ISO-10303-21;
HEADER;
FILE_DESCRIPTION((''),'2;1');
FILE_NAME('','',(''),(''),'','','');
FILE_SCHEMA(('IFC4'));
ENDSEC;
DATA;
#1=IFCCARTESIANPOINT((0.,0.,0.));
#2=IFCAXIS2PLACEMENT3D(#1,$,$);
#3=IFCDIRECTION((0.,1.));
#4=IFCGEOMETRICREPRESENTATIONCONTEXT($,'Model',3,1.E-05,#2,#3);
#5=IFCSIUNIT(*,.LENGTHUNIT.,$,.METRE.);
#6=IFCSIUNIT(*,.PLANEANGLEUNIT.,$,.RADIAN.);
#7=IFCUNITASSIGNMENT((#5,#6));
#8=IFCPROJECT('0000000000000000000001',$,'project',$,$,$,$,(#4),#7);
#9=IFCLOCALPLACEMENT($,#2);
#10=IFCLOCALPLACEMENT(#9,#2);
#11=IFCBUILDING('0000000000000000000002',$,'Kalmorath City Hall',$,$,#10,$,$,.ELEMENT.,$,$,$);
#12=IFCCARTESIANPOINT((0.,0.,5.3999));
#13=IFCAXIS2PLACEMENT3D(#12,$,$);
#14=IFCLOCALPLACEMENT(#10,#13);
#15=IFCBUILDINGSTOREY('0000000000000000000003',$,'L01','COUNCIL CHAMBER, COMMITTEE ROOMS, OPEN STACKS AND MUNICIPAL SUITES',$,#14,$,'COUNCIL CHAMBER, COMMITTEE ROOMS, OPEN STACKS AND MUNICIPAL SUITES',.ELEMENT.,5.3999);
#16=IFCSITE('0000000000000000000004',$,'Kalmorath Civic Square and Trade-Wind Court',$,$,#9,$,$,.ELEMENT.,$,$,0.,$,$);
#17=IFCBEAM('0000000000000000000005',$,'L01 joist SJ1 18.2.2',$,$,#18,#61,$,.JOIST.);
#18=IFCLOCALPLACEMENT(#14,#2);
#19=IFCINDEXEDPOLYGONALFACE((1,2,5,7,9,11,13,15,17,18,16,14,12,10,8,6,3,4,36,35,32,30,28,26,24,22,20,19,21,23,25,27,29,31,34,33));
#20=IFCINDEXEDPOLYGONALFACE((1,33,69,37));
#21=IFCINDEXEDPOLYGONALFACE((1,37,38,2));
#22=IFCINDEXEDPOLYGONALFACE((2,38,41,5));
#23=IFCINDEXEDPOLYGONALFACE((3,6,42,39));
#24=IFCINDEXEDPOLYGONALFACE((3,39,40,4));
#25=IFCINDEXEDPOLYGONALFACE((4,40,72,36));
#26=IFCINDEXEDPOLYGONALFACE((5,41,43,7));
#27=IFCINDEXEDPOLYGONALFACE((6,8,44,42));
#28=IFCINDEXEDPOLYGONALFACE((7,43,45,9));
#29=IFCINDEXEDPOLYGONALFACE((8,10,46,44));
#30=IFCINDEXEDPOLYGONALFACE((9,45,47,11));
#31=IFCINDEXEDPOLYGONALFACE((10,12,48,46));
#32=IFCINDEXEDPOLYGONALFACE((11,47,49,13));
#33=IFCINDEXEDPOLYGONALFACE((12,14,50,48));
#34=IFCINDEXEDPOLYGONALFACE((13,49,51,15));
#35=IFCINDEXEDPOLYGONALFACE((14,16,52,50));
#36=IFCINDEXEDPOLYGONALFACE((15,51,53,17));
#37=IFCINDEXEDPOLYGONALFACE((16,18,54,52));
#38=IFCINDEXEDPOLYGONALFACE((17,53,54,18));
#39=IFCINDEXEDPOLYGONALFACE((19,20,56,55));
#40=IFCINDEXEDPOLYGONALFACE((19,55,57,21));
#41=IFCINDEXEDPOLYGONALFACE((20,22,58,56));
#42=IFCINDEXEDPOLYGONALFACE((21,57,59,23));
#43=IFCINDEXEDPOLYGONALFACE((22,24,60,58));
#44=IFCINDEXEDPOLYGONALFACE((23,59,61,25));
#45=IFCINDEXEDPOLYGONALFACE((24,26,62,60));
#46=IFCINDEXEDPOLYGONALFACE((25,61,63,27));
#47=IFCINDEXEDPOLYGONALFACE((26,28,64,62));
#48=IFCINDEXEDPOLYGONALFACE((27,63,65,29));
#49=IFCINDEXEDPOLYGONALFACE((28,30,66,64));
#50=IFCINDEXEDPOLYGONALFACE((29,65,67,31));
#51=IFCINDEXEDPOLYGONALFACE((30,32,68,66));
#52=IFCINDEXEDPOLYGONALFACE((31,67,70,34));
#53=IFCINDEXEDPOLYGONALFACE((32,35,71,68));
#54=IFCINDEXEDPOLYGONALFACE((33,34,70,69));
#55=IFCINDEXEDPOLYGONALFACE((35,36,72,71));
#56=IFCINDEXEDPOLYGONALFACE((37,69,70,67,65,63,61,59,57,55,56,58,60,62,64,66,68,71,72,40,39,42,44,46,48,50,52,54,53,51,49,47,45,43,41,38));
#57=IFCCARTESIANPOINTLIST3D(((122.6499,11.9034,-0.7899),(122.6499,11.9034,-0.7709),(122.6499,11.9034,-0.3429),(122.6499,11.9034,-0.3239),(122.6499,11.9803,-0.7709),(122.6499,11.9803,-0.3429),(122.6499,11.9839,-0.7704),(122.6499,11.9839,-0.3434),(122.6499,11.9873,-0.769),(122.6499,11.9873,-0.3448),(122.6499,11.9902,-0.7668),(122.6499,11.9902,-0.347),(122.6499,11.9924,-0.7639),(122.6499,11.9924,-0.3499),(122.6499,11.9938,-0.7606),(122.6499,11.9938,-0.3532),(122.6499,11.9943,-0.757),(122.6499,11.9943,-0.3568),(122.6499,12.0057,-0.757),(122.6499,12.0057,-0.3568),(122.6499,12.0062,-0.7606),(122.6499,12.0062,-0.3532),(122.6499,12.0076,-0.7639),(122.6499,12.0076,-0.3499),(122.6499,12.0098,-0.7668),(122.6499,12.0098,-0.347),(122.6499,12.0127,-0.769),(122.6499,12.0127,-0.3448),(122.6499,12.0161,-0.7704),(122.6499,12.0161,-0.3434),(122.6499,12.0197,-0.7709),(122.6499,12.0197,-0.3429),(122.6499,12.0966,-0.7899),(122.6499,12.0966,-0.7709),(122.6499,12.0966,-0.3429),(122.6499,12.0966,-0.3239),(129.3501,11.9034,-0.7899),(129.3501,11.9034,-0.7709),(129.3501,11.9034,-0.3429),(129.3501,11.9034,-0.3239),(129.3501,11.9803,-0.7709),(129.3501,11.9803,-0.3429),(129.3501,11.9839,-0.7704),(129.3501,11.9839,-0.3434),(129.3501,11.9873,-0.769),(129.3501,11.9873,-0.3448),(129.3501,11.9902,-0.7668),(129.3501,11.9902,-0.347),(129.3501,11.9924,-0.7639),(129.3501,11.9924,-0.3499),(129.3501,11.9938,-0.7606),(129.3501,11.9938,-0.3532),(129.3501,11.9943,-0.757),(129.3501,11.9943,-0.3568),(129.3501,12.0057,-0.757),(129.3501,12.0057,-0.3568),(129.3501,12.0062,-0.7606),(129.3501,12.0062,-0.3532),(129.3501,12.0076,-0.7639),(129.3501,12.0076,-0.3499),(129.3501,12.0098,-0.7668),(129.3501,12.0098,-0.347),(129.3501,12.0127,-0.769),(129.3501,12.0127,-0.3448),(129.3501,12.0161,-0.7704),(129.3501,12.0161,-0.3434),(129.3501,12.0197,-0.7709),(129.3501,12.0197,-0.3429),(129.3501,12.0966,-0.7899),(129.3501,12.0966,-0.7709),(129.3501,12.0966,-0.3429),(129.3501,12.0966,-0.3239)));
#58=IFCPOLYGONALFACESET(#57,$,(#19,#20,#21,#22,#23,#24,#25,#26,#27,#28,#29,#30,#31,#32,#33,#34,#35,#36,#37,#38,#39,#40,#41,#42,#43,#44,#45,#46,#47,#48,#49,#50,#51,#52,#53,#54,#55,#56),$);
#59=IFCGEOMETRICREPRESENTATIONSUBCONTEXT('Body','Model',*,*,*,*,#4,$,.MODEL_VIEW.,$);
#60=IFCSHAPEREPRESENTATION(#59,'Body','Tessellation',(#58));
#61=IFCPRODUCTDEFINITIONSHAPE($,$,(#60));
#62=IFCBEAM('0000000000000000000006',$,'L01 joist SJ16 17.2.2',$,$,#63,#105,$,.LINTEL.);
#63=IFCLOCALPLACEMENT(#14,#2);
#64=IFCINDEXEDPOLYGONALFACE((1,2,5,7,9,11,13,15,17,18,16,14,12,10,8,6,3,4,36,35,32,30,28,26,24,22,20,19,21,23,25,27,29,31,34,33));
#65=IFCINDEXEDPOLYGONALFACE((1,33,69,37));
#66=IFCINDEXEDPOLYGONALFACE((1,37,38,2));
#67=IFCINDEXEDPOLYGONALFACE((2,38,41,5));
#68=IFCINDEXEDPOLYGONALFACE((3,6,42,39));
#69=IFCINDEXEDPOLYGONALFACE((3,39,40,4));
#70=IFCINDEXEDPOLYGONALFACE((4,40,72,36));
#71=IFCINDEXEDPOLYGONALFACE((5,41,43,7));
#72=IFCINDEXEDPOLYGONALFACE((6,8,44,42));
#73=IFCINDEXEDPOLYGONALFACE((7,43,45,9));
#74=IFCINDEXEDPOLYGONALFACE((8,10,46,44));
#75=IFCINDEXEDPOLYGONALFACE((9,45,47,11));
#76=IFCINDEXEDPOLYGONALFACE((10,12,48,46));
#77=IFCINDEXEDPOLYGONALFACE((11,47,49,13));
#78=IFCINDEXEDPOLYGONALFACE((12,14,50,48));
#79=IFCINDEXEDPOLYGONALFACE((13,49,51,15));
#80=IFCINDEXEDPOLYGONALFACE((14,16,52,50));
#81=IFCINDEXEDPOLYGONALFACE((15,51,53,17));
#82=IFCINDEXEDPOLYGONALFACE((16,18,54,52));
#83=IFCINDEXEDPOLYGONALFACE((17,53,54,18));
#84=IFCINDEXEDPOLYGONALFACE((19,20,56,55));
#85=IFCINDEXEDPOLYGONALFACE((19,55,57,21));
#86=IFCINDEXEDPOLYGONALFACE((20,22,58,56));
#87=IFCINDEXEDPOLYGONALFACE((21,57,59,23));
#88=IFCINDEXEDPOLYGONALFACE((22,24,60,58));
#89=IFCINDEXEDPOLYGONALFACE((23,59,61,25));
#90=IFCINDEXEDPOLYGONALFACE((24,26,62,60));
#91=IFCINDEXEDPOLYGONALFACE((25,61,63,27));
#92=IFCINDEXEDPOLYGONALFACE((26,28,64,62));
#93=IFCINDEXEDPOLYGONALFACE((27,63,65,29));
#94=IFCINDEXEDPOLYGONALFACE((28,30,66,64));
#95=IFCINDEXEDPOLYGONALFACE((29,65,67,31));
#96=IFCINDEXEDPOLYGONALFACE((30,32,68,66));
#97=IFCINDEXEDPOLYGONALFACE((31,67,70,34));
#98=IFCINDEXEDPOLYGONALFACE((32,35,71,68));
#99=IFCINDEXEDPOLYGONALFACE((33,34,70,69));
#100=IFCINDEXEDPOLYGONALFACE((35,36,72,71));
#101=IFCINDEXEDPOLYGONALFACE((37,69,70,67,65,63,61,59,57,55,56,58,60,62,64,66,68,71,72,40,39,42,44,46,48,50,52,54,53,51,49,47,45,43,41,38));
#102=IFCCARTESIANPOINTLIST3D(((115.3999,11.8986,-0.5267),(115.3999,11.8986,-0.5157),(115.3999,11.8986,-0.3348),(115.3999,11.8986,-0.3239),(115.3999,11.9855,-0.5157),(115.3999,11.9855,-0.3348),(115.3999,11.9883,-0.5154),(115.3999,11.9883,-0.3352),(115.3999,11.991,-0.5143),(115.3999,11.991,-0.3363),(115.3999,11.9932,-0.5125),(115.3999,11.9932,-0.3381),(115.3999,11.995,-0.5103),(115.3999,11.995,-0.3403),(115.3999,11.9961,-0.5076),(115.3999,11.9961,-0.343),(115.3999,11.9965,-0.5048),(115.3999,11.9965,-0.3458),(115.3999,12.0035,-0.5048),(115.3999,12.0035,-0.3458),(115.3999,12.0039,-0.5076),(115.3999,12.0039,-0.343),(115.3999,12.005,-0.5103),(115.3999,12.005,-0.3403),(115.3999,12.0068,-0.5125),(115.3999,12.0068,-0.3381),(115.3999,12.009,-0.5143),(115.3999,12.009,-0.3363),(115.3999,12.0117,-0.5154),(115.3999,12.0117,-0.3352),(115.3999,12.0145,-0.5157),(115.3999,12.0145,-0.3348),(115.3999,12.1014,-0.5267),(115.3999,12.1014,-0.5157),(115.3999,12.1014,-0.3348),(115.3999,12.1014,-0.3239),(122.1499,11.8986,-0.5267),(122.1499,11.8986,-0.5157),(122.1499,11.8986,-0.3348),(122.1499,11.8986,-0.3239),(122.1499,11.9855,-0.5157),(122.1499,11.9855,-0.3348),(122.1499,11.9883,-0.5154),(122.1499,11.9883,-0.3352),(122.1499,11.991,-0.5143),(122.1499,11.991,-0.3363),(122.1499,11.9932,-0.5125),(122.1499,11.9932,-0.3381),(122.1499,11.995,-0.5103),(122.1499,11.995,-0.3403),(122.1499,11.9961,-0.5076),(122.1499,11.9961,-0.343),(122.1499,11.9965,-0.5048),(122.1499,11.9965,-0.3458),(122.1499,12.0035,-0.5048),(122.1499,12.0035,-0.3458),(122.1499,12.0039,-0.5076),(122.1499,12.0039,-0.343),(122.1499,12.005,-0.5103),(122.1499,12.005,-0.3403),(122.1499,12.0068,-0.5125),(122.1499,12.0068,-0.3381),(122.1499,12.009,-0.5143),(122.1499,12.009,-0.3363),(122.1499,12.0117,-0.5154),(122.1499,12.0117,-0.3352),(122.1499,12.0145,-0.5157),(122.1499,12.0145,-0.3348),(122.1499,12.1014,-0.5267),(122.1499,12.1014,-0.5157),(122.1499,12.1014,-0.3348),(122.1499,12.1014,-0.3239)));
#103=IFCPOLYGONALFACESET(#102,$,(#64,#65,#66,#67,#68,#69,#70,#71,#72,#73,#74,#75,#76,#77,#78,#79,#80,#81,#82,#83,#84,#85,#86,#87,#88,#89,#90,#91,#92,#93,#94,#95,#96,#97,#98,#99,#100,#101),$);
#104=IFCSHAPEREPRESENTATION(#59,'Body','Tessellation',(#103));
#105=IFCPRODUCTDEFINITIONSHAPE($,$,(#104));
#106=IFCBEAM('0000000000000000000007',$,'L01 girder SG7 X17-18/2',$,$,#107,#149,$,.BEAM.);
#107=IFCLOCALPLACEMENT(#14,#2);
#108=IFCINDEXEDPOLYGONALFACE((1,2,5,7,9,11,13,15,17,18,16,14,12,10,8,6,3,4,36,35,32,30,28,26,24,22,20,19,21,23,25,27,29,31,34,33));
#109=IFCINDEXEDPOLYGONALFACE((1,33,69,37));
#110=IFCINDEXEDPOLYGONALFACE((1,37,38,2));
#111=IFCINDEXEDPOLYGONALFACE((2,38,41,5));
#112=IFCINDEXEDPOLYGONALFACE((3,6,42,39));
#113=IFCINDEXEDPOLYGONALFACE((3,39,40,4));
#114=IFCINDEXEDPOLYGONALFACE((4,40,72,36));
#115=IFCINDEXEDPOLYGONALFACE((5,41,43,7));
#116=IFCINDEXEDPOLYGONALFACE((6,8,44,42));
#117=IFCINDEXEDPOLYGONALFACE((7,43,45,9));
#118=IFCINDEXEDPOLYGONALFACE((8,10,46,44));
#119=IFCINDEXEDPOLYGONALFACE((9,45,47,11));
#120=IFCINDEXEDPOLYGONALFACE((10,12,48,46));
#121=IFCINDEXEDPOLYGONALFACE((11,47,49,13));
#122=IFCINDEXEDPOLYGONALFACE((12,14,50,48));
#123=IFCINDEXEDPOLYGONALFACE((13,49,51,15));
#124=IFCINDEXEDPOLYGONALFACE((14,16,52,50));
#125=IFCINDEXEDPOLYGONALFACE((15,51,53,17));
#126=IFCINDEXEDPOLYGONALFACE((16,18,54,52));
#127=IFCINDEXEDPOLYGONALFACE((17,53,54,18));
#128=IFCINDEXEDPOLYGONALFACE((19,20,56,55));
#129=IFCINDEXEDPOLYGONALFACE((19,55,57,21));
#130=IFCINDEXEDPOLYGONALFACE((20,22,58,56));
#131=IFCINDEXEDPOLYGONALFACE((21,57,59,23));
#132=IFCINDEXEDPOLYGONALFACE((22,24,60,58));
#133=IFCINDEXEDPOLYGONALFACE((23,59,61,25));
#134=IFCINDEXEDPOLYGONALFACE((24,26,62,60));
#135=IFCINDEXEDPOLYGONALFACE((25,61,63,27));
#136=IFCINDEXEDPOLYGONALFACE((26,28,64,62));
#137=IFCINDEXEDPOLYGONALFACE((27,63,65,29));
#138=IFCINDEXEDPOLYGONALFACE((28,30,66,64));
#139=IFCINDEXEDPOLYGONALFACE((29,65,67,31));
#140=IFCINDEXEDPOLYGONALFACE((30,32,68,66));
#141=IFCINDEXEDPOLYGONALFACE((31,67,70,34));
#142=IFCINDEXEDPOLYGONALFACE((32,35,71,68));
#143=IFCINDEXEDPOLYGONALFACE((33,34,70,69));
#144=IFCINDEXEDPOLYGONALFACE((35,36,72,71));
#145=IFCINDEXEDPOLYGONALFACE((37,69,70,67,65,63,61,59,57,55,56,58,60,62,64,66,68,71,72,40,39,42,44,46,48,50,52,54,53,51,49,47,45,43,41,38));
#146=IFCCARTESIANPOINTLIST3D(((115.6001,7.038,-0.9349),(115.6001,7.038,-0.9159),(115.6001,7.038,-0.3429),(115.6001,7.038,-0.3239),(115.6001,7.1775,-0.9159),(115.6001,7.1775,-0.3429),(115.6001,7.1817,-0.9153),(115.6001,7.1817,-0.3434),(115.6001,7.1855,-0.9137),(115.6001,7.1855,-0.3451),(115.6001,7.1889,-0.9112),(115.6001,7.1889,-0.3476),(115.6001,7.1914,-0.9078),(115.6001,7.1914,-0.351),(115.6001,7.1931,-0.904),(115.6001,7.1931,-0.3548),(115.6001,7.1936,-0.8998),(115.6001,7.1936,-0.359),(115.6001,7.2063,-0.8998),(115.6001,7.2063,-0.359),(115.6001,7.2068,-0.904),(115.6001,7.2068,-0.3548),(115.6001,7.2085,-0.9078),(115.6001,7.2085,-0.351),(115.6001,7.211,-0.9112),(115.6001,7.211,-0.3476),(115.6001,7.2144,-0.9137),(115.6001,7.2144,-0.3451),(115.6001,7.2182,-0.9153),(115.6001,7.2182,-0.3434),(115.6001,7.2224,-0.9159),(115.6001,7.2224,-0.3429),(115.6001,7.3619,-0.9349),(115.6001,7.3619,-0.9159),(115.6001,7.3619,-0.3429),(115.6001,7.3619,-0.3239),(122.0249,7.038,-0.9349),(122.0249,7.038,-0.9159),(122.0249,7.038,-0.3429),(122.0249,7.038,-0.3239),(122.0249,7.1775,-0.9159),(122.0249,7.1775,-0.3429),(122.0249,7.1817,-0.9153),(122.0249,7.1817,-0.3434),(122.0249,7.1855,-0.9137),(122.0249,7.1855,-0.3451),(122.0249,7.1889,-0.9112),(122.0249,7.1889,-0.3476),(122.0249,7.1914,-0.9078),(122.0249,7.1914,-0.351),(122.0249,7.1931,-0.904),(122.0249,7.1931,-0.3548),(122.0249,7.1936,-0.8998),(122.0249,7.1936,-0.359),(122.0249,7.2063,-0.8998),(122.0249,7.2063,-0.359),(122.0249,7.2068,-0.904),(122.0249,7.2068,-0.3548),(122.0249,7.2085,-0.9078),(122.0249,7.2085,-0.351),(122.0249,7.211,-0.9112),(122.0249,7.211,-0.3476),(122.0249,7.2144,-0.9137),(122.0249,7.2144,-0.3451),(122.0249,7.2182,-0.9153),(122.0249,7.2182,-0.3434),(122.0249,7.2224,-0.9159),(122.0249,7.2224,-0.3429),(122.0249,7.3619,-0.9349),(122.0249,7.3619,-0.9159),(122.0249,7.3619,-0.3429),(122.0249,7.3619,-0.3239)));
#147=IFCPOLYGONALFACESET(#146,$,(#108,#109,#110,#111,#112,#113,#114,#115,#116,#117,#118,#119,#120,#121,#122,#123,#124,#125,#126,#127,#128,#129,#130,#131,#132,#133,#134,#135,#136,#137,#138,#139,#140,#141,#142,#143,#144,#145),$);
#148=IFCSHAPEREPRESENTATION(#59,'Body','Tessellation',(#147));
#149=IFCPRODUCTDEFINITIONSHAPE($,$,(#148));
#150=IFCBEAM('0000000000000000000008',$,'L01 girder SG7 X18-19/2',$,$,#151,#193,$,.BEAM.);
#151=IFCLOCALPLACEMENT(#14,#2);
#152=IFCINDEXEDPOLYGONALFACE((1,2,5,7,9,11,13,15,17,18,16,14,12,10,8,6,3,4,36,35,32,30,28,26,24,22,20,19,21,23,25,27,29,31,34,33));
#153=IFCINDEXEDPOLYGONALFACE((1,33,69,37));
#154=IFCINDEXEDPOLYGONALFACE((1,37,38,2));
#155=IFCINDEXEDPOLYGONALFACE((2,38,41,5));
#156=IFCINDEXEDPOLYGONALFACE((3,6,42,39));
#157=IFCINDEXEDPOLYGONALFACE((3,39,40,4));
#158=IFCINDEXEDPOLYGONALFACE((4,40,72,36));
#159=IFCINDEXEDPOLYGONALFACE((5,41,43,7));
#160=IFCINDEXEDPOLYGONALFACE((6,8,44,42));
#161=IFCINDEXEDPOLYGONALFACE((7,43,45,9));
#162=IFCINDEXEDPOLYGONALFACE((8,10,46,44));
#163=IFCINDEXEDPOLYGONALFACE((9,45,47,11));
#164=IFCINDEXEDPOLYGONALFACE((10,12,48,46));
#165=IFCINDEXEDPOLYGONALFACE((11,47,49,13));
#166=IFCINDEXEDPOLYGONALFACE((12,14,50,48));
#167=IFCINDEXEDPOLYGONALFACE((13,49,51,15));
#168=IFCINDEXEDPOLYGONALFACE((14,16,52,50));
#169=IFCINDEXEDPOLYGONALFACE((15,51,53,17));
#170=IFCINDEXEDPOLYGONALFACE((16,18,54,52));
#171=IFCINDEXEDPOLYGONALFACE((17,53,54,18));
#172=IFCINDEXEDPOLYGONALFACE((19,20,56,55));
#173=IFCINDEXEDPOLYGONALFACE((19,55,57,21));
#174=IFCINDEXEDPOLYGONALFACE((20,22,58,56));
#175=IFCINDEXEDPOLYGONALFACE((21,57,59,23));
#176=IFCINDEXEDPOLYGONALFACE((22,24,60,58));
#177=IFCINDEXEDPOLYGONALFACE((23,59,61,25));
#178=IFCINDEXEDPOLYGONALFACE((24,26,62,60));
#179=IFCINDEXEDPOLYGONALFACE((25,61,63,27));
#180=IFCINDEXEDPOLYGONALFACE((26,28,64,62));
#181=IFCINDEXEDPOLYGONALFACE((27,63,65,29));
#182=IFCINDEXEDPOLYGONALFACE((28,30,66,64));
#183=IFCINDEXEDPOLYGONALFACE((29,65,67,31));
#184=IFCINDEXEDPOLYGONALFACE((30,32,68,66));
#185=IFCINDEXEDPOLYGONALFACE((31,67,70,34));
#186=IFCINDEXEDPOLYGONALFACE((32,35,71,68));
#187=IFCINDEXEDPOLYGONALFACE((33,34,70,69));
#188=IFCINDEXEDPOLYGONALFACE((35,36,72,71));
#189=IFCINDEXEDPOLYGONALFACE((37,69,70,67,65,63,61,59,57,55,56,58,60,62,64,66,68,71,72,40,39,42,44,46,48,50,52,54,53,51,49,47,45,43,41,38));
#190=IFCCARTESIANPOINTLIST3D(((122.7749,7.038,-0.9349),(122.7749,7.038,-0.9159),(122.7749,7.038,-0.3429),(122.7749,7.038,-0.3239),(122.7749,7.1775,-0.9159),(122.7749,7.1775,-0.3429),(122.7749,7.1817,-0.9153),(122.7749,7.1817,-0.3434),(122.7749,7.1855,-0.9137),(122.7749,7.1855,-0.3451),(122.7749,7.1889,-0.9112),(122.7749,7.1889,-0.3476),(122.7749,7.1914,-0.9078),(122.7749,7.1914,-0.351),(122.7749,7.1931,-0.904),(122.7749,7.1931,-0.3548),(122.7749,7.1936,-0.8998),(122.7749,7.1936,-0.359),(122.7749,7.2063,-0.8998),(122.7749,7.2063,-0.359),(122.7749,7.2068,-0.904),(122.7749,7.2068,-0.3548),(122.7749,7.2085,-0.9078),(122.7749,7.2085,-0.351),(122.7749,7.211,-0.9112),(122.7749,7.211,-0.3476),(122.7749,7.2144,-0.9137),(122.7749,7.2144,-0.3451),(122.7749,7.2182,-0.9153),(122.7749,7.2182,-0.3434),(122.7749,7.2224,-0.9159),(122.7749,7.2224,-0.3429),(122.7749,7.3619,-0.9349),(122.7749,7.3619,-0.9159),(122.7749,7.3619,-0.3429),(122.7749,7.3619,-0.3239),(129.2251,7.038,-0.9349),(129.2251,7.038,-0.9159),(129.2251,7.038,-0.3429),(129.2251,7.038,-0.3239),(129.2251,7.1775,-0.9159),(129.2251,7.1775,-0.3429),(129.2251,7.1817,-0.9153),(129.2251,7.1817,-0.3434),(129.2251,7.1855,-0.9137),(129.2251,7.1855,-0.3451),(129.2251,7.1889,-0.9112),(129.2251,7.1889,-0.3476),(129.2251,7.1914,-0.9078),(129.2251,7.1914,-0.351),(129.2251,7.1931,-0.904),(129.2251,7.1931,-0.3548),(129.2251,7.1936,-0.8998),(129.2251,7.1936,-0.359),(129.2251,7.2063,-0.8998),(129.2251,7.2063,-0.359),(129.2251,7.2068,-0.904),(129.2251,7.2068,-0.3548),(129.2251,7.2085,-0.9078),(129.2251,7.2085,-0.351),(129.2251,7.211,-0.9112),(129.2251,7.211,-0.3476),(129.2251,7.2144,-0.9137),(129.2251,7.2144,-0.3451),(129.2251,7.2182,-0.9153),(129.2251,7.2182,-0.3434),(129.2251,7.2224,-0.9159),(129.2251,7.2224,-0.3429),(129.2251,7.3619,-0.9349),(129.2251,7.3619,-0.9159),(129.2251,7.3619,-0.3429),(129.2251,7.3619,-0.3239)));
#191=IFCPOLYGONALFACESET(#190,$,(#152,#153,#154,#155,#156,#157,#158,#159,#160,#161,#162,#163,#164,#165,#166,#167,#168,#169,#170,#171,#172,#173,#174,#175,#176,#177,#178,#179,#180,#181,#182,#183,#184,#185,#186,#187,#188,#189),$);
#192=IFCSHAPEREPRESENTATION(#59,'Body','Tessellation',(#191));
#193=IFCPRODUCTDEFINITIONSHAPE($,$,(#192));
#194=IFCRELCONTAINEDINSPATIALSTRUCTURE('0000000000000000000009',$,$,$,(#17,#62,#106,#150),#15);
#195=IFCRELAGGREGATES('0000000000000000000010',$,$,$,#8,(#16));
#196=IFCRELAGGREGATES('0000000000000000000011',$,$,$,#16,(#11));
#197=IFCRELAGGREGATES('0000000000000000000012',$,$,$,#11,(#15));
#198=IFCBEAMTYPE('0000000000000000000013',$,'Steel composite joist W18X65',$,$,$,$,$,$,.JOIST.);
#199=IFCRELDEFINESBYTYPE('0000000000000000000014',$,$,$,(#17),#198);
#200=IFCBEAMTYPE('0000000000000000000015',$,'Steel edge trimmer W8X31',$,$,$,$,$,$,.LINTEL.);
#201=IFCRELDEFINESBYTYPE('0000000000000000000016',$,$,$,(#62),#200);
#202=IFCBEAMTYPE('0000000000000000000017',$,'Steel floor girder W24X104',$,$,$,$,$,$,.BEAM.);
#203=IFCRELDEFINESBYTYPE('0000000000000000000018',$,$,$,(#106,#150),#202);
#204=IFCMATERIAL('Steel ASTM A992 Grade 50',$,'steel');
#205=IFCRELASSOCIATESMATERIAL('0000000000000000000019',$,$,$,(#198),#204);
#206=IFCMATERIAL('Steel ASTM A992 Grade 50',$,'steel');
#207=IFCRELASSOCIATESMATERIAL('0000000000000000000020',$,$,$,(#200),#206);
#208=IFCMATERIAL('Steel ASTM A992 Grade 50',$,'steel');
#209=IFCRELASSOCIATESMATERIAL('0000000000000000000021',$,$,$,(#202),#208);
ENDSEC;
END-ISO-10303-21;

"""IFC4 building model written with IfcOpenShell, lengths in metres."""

from ifc_helpers import new_model, si_unit, direction, frame, origin, origin_2d, place, context, subcontext, project, spatial, i_section, extrude, material, material_profile, profile_set, type_object, element, save


model = new_model("IFC4")

# Units and contexts
model_context = context("Model", 3, precision=1e-05, world=origin(), true_north=direction((0.0, 1.0)))
body_context = subcontext(model_context, "Body", "Model", "MODEL_VIEW")
ifc_project = project(units=[si_unit("LENGTHUNIT", "METRE"), si_unit("PLANEANGLEUNIT", "RADIAN")], contexts=[model_context])

# Site, building, storey
site_placement = place(None, origin())
site = spatial("IfcSite", under=ifc_project, at=site_placement, Name="Kalmorath Civic Square and Trade-Wind Court", CompositionType="ELEMENT", RefElevation=0.0)
building_placement = place(site_placement, origin())
building = spatial("IfcBuilding", under=site, at=building_placement, Name="Kalmorath City Hall", CompositionType="ELEMENT")
storey_placement = place(building_placement, frame((0.0, 0.0, 5.3999)))
storey = spatial("IfcBuildingStorey", under=building, at=storey_placement, Name="L01", Description="COUNCIL CHAMBER, COMMITTEE ROOMS, OPEN STACKS AND MUNICIPAL SUITES", LongName="COUNCIL CHAMBER, COMMITTEE ROOMS, OPEN STACKS AND MUNICIPAL SUITES", CompositionType="ELEMENT", Elevation=5.3999)

# Beams
ifc_material_1 = material(Name="Steel ASTM A992 Grade 50", Category="steel")
ifc_material_profile_1 = material_profile(ifc_material_1, i_section(OverallWidth=0.1931, OverallDepth=0.4661, WebThickness=0.0115, FlangeThickness=0.019, FilletRadius=0.0139, at=origin_2d()), Name="W18X65")
ifc_profile_set_1 = profile_set([ifc_material_profile_1], Name="Steel ASTM A992 Grade 50")
beam_type_1 = type_object("IfcBeamType", Name="Steel composite joist W18X65", PredefinedType="JOIST", material=ifc_profile_set_1)
for number, where, z_axis, x_axis, name in (
    (1, (122.6499, 12.0, -0.5569), (1.0, 0.0, 0.0), (0.0, 1.0, 0.0), "L01 joist SJ1 18.2.2"),
):
    element("IfcBeam", number, at=place(storey_placement, frame(where, z_axis=z_axis, x_axis=x_axis)), inside=storey, type_object=beam_type_1, Name=name, PredefinedType="JOIST", context=body_context, shape_type="SweptSolid", body=[
        extrude(i_section(OverallWidth=0.1931, OverallDepth=0.4661, WebThickness=0.0115, FlangeThickness=0.019, FilletRadius=0.0139, at=origin_2d()), origin(), (0.0, 0.0, 1.0), 6.7002),
    ])
ifc_material_2 = material(Name="Steel ASTM A992 Grade 50", Category="steel")
ifc_material_profile_2 = material_profile(ifc_material_2, i_section(OverallWidth=0.2029, OverallDepth=0.2029, WebThickness=0.0071, FlangeThickness=0.011, FilletRadius=0.011, at=origin_2d()), Name="W8X31")
ifc_profile_set_2 = profile_set([ifc_material_profile_2], Name="Steel ASTM A992 Grade 50")
beam_type_2 = type_object("IfcBeamType", Name="Steel edge trimmer W8X31", PredefinedType="LINTEL", material=ifc_profile_set_2)
beam_1_placement = place(storey_placement, frame((115.3999, 12.0, -0.4253), z_axis=(1.0, 0.0, 0.0), x_axis=(0.0, 1.0, 0.0)))
element("IfcBeam", 2, at=beam_1_placement, inside=storey, type_object=beam_type_2, Name="L01 joist SJ16 17.2.2", PredefinedType="LINTEL", context=body_context, shape_type="SweptSolid", body=[
    extrude(i_section(OverallWidth=0.2029, OverallDepth=0.2029, WebThickness=0.0071, FlangeThickness=0.011, FilletRadius=0.011, at=origin_2d()), origin(), (0.0, 0.0, 1.0), 6.75),
])
ifc_material_3 = material(Name="Steel ASTM A992 Grade 50", Category="steel")
ifc_material_profile_3 = material_profile(ifc_material_3, i_section(OverallWidth=0.324, OverallDepth=0.6111, WebThickness=0.0127, FlangeThickness=0.019, FilletRadius=0.0161, at=origin_2d()), Name="W24X104")
ifc_profile_set_3 = profile_set([ifc_material_profile_3], Name="Steel ASTM A992 Grade 50")
beam_type_3 = type_object("IfcBeamType", Name="Steel floor girder W24X104", PredefinedType="BEAM", material=ifc_profile_set_3)
beam_2_placement = place(storey_placement, frame((115.6001, 7.2, -0.6294), z_axis=(1.0, 0.0, 0.0), x_axis=(0.0, 1.0, 0.0)))
element("IfcBeam", 3, at=beam_2_placement, inside=storey, type_object=beam_type_3, Name="L01 girder SG7 X17-18/2", PredefinedType="BEAM", context=body_context, shape_type="SweptSolid", body=[
    extrude(i_section(OverallWidth=0.324, OverallDepth=0.6111, WebThickness=0.0127, FlangeThickness=0.019, FilletRadius=0.0161, at=origin_2d()), origin(), (0.0, 0.0, 1.0), 6.4248),
])
beam_3_placement = place(storey_placement, frame((122.7749, 7.2, -0.6294), z_axis=(1.0, 0.0, 0.0), x_axis=(0.0, 1.0, 0.0)))
element("IfcBeam", 4, at=beam_3_placement, inside=storey, type_object=beam_type_3, Name="L01 girder SG7 X18-19/2", PredefinedType="BEAM", context=body_context, shape_type="SweptSolid", body=[
    extrude(i_section(OverallWidth=0.324, OverallDepth=0.6111, WebThickness=0.0127, FlangeThickness=0.019, FilletRadius=0.0161, at=origin_2d()), origin(), (0.0, 0.0, 1.0), 6.4502),
])

save(model, "model.ifc")
